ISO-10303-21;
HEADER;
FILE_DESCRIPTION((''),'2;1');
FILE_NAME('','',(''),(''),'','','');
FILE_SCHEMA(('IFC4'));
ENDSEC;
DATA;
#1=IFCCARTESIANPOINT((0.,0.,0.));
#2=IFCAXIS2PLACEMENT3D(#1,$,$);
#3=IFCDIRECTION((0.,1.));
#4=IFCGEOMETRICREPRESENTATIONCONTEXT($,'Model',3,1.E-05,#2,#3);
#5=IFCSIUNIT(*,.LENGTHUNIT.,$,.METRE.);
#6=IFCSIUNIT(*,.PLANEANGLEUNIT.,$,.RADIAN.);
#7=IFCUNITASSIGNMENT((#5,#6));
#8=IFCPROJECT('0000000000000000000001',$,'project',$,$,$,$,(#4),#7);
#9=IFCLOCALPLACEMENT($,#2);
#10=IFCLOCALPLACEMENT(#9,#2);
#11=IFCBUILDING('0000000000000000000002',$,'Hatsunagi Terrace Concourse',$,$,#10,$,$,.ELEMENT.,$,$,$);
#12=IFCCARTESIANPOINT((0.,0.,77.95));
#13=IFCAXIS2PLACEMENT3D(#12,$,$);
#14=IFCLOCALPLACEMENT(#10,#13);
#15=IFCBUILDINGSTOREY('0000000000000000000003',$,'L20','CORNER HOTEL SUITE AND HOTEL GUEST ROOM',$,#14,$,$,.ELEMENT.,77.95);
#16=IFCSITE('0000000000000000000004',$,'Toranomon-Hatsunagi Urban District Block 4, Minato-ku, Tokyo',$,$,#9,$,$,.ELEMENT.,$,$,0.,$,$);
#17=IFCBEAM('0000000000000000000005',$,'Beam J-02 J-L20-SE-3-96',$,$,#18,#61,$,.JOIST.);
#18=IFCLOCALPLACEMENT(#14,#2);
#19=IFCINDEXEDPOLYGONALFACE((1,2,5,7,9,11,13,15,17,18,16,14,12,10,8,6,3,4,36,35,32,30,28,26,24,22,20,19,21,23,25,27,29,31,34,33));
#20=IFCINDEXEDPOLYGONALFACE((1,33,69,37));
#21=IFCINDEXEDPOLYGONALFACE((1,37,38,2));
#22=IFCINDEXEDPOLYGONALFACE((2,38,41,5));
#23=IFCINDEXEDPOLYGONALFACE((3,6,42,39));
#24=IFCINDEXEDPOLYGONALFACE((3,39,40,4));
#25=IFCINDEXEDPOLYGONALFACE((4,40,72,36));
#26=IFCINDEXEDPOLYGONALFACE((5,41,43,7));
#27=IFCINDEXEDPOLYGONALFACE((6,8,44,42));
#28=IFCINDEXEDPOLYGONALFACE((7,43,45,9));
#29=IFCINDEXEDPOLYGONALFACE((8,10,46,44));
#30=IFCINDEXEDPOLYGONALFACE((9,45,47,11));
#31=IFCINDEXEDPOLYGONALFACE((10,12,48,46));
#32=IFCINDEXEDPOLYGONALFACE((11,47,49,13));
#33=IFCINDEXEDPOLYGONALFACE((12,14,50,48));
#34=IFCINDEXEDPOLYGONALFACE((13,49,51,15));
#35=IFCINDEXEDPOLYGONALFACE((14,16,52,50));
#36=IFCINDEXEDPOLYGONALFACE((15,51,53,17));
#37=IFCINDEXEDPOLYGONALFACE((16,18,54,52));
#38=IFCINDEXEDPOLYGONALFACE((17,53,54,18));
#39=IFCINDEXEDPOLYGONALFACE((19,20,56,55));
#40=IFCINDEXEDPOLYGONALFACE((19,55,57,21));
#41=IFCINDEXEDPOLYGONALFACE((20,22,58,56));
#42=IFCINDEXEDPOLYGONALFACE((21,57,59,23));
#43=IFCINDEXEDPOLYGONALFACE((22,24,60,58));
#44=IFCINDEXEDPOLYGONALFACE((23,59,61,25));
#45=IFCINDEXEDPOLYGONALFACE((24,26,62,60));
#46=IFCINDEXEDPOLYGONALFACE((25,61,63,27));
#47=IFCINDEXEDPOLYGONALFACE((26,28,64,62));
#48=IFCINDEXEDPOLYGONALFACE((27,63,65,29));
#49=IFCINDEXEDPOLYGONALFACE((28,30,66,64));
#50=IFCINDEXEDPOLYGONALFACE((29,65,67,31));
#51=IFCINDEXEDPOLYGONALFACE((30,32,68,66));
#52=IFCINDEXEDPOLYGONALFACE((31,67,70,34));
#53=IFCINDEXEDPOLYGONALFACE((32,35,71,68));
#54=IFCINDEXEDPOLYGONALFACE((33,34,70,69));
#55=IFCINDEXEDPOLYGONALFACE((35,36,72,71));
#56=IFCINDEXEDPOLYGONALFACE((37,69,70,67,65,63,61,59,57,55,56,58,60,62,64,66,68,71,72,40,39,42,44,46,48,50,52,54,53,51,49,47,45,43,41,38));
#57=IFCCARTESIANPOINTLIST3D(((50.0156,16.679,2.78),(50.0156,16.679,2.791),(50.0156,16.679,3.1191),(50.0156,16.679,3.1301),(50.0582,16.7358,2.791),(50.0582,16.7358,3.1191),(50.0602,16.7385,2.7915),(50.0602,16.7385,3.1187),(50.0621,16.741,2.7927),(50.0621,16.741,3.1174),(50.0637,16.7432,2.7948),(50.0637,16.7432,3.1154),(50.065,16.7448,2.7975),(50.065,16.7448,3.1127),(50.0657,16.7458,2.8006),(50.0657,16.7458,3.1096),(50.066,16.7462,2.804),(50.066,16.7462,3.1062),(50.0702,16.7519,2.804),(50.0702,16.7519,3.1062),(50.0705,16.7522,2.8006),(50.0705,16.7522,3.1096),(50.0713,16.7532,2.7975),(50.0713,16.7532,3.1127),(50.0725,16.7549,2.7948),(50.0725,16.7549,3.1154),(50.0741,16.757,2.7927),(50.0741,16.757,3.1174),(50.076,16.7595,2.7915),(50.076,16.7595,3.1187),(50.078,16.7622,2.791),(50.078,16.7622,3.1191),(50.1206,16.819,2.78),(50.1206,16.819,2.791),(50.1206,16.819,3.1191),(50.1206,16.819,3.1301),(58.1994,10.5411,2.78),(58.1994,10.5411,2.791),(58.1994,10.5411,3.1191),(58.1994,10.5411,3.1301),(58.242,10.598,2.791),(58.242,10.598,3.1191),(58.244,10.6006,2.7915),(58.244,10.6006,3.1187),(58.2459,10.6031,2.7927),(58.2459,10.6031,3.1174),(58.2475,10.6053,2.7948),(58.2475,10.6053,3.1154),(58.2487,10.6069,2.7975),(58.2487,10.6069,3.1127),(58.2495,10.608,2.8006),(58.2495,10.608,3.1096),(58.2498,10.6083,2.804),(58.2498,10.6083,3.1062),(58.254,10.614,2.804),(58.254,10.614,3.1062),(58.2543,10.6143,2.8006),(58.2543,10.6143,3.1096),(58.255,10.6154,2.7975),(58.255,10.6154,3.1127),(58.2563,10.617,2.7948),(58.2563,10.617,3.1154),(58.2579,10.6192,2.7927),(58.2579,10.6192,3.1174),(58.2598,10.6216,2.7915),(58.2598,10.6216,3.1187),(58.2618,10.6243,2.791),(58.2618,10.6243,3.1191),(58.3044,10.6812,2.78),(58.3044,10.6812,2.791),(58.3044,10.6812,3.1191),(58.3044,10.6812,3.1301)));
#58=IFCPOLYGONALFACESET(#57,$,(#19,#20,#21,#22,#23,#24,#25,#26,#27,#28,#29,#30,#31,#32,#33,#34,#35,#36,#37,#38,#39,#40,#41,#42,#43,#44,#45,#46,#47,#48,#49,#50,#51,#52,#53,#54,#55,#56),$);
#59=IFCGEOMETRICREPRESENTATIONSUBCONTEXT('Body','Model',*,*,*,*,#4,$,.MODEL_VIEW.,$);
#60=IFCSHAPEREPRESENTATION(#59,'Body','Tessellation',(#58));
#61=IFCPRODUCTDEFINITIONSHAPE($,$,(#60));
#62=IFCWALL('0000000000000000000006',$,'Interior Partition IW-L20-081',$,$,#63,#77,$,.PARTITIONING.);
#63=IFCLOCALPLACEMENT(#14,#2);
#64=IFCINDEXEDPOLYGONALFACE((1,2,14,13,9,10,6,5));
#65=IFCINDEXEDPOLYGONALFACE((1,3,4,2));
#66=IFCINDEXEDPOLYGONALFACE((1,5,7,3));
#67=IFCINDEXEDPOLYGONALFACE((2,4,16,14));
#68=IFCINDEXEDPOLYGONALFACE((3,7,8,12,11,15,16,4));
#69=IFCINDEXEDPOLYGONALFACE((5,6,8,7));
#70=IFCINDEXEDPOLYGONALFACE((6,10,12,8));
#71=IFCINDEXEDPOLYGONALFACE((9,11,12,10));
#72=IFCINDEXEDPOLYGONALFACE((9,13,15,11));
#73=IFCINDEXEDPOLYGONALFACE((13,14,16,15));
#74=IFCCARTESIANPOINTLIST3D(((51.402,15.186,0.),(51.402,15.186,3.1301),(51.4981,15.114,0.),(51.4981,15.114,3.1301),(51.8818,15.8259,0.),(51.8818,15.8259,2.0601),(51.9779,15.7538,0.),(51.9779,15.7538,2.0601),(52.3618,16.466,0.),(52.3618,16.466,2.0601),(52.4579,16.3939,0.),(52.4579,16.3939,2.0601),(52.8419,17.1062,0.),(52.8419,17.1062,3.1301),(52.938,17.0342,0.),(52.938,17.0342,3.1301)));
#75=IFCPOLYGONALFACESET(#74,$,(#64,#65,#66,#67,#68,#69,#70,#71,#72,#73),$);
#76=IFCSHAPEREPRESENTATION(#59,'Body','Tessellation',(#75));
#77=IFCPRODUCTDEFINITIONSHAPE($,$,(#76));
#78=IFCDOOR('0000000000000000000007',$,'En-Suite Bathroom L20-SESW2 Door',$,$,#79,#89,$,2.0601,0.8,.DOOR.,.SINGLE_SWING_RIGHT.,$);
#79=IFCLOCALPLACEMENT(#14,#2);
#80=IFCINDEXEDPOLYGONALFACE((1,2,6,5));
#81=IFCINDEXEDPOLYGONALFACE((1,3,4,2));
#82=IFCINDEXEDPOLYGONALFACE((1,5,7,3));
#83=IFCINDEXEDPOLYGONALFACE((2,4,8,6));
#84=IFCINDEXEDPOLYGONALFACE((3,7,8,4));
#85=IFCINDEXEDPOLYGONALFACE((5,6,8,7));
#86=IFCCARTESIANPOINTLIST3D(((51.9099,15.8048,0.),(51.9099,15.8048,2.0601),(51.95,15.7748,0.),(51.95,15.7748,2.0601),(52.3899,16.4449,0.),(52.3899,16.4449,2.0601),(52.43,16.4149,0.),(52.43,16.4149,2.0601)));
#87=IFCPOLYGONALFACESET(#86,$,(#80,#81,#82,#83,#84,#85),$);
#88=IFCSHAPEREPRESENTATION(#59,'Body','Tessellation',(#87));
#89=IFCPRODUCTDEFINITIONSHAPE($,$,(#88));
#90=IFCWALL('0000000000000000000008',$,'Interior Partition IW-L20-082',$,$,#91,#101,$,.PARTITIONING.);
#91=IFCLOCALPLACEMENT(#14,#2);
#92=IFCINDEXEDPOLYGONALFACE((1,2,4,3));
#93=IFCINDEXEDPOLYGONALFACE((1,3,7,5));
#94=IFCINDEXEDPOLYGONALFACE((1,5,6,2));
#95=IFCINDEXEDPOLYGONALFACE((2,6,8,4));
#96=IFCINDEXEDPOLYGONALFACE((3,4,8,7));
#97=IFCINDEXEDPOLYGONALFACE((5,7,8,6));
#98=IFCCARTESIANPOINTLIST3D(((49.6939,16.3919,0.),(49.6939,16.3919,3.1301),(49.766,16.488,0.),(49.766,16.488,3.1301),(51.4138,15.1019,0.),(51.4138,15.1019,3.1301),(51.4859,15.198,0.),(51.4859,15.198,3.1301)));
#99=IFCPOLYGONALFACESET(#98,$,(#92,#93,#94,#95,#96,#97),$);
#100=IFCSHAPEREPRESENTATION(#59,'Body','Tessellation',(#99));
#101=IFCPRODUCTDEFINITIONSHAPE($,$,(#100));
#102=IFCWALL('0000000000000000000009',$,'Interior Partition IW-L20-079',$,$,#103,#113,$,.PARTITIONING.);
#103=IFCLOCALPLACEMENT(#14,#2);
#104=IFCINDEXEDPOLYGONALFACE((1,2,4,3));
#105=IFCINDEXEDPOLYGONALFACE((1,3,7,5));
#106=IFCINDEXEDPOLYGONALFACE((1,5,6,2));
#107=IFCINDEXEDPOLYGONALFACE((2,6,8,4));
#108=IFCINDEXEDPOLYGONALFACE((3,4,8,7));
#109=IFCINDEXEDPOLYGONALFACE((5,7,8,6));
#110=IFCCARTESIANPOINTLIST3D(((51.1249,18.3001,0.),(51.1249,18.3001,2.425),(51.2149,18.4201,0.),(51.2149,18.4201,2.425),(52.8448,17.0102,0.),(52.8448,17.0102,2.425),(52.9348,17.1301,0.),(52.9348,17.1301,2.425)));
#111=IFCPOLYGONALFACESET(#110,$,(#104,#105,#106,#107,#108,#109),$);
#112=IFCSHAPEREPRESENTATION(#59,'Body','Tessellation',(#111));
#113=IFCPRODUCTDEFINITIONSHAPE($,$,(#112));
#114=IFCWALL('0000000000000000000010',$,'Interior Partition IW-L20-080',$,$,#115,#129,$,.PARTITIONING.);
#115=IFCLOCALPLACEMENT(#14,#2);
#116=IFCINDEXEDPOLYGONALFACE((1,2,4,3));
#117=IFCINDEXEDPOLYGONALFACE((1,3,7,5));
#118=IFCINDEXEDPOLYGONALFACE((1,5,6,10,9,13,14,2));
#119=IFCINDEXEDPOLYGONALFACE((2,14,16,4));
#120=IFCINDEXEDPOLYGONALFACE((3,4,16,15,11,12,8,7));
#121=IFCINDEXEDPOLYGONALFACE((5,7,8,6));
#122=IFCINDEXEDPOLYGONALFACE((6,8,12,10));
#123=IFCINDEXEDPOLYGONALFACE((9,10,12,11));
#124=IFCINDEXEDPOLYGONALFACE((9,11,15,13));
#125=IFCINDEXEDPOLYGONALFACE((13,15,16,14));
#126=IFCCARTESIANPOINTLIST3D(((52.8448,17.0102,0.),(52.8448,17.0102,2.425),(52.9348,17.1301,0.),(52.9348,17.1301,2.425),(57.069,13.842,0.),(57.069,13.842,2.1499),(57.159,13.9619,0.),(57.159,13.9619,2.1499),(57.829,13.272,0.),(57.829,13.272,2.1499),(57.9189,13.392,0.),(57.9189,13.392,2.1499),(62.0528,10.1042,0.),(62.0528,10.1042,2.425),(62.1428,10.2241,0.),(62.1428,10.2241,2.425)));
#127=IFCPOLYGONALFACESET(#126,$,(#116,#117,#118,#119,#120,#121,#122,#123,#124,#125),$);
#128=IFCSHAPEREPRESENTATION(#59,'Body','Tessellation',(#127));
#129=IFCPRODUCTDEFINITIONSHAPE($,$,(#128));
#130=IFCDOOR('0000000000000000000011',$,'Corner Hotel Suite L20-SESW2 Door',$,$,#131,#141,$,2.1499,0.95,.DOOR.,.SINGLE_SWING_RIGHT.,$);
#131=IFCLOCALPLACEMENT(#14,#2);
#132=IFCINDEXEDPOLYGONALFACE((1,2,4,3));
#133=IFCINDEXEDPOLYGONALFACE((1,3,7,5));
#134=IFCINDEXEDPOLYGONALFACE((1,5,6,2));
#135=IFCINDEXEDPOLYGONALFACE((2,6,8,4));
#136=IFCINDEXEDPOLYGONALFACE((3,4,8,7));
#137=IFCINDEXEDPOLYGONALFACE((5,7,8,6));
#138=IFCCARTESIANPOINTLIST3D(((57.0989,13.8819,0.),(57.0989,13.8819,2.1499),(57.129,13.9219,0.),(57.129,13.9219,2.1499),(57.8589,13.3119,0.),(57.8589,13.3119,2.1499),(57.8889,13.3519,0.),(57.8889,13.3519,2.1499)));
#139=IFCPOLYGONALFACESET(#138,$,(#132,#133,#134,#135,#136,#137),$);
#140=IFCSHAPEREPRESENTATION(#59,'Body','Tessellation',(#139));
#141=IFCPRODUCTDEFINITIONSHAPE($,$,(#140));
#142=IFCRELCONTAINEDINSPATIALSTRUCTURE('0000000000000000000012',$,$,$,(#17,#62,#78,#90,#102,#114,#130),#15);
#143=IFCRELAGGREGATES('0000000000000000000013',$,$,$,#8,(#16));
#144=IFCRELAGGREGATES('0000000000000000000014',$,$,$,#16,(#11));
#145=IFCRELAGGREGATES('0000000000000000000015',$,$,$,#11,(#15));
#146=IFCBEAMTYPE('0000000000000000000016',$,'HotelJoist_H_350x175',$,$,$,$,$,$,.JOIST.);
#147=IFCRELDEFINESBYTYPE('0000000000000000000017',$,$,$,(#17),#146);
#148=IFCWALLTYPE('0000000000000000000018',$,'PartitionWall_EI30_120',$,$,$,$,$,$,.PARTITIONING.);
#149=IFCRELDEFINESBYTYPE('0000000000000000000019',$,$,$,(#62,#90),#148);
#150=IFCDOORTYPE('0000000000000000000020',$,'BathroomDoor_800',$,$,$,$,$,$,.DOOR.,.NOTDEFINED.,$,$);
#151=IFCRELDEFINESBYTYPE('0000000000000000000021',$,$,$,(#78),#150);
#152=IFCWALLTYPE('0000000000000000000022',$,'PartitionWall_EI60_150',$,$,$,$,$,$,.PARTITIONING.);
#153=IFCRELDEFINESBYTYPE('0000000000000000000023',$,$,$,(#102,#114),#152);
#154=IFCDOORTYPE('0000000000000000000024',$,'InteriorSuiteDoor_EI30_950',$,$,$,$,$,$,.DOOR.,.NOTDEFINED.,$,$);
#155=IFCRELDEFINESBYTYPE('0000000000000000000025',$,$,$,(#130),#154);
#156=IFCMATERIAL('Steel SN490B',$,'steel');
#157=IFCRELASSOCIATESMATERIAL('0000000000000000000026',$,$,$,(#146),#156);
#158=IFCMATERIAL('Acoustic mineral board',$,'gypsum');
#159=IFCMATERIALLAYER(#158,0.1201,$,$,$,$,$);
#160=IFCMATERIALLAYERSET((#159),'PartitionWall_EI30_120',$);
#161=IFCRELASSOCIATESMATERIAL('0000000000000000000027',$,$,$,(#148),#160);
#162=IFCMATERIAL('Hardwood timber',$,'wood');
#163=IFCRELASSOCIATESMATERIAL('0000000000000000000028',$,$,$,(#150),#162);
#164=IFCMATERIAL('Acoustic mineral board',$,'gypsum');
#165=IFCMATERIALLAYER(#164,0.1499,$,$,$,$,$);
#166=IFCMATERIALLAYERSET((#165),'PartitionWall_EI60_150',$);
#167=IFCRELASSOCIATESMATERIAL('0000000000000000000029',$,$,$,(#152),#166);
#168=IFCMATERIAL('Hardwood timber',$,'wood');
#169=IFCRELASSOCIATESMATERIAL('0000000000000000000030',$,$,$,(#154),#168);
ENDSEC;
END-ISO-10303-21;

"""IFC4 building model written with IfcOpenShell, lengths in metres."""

from ifc_helpers import new_model, si_unit, direction, frame, frame_2d, origin, origin_2d, place, context, subcontext, project, spatial, rectangle, i_section, extrude, material, layer, layer_set, material_profile, profile_set, type_object, element, fill, save


model = new_model("IFC4")

# Units and contexts
model_context = context("Model", 3, precision=1e-05, world=origin(), true_north=direction((0.0, 1.0)))
body_context = subcontext(model_context, "Body", "Model", "MODEL_VIEW")
ifc_project = project(units=[si_unit("LENGTHUNIT", "METRE"), si_unit("PLANEANGLEUNIT", "RADIAN")], contexts=[model_context])

# Site, building, storey
site_placement = place(None, origin())
site = spatial("IfcSite", under=ifc_project, at=site_placement, Name="Toranomon-Hatsunagi Urban District Block 4, Minato-ku, Tokyo", CompositionType="ELEMENT", RefElevation=0.0)
building_placement = place(site_placement, origin())
building = spatial("IfcBuilding", under=site, at=building_placement, Name="Hatsunagi Terrace Concourse", CompositionType="ELEMENT")
storey_placement = place(building_placement, frame((0.0, 0.0, 77.95)))
storey = spatial("IfcBuildingStorey", under=building, at=storey_placement, Name="L20", Description="CORNER HOTEL SUITE AND HOTEL GUEST ROOM", CompositionType="ELEMENT", Elevation=77.95)

# Beam
ifc_material_1 = material(Name="Steel SN490B", Category="steel")
ifc_material_profile_1 = material_profile(ifc_material_1, i_section(OverallWidth=0.175, OverallDepth=0.3501, WebThickness=0.0071, FlangeThickness=0.011, FilletRadius=0.0129, at=origin_2d()), Name="H-350x175x7x11")
ifc_profile_set_1 = profile_set([ifc_material_profile_1], Name="Steel SN490B")
beam_type_1 = type_object("IfcBeamType", Name="HotelJoist_H_350x175", PredefinedType="JOIST", material=ifc_profile_set_1)
beam_1_placement = place(storey_placement, frame((50.0681, 16.749, 2.9551), z_axis=(0.799997, -0.600004, 0.0), x_axis=(0.600004, 0.799997, 0.0)))
element("IfcBeam", 1, at=beam_1_placement, inside=storey, type_object=beam_type_1, Name="Beam J-02 J-L20-SE-3-96", PredefinedType="JOIST", context=body_context, shape_type="SweptSolid", body=[
    extrude(i_section(OverallWidth=0.175, OverallDepth=0.3501, WebThickness=0.0071, FlangeThickness=0.011, FilletRadius=0.0129, at=origin_2d()), origin(), (0.0, 0.0, 1.0), 10.2297),
])

# Wall, opening, door
ifc_material_2 = material(Name="Acoustic mineral board", Category="gypsum")
ifc_layer_1 = layer(ifc_material_2, 0.1201)
ifc_layer_set_1 = layer_set([ifc_layer_1], Name="PartitionWall_EI30_120")
wall_type_1 = type_object("IfcWallType", Name="PartitionWall_EI30_120", PredefinedType="PARTITIONING", material=ifc_layer_set_1)
wall_1_placement = place(storey_placement, frame((51.45, 15.1499, 0.0), z_axis=(0.0, 0.0, 1.0), x_axis=(0.599951, 0.800037, 0.0)))
wall_1 = element("IfcWall", 2, at=wall_1_placement, inside=storey, type_object=wall_type_1, Name="Interior Partition IW-L20-081", PredefinedType="PARTITIONING", context=body_context, shape_type="SweptSolid", body=[
    extrude(rectangle(XDim=2.4001, YDim=0.1201, at=frame_2d((1.2002, 0.0))), origin(), (0.0, 0.0, 1.0), 3.1301),
])
opening_1_placement = place(wall_1_placement, frame((0.8, 0.0, 0.0)))
opening_1 = element("IfcOpeningElement", 3, at=opening_1_placement, cuts=wall_1, PredefinedType="OPENING", context=body_context, shape_type="SweptSolid", body=[
    extrude(rectangle(XDim=0.8, YDim=2.0601, at=frame_2d((0.3999, 1.03))), frame((0.0, 0.0701, 0.0), z_axis=(0.0, -1.0, 0.0), x_axis=(1.0, 0.0, 0.0)), (0.0, 0.0, 1.0), 0.1401),
])
ifc_material_3 = material(Name="Hardwood timber", Category="wood")
door_type_1 = type_object("IfcDoorType", Name="BathroomDoor_800", OperationType="NOTDEFINED", PredefinedType="DOOR", material=ifc_material_3)
door_1_placement = place(opening_1_placement, origin())
door_1 = element("IfcDoor", 4, at=door_1_placement, inside=storey, type_object=door_type_1, Name="En-Suite Bathroom L20-SESW2 Door", OperationType="SINGLE_SWING_RIGHT", OverallHeight=2.0601, OverallWidth=0.8, PredefinedType="DOOR", context=body_context, shape_type="SweptSolid", body=[
    extrude(rectangle(XDim=0.8, YDim=2.0601, at=frame_2d((0.3999, 1.03))), frame((0.0, 0.0249, 0.0), z_axis=(0.0, -1.0, 0.0), x_axis=(1.0, 0.0, 0.0)), (0.0, 0.0, 1.0), 0.05),
])
fill(opening_1, door_1)

# Walls
wall_2_placement = place(storey_placement, frame((49.73, 16.4399, 0.0), z_axis=(0.0, 0.0, 1.0), x_axis=(0.799986, -0.600018, 0.0)))
element("IfcWall", 5, at=wall_2_placement, inside=storey, type_object=wall_type_1, Name="Interior Partition IW-L20-082", PredefinedType="PARTITIONING", context=body_context, shape_type="SweptSolid", body=[
    extrude(rectangle(XDim=2.1499, YDim=0.1201, at=frame_2d((1.075, 0.0))), origin(), (0.0, 0.0, 1.0), 3.1301),
])
ifc_material_4 = material(Name="Acoustic mineral board", Category="gypsum")
ifc_layer_2 = layer(ifc_material_4, 0.1499)
ifc_layer_set_2 = layer_set([ifc_layer_2], Name="PartitionWall_EI60_150")
wall_type_2 = type_object("IfcWallType", Name="PartitionWall_EI60_150", PredefinedType="PARTITIONING", material=ifc_layer_set_2)
wall_3_placement = place(storey_placement, frame((51.1699, 18.3601, 0.0), z_axis=(0.0, 0.0, 1.0), x_axis=(0.799986, -0.600018, 0.0)))
element("IfcWall", 6, at=wall_3_placement, inside=storey, type_object=wall_type_2, Name="Interior Partition IW-L20-079", PredefinedType="PARTITIONING", context=body_context, shape_type="SweptSolid", body=[
    extrude(rectangle(XDim=2.1499, YDim=0.1499, at=frame_2d((1.075, 0.0))), origin(), (0.0, 0.0, 1.0), 2.425),
])

# Wall, opening, door
wall_4_placement = place(storey_placement, frame((52.8899, 17.0701, 0.0), z_axis=(0.0, 0.0, 1.0), x_axis=(0.8, -0.6, 0.0)))
wall_4 = element("IfcWall", 7, at=wall_4_placement, inside=storey, type_object=wall_type_2, Name="Interior Partition IW-L20-080", PredefinedType="PARTITIONING", context=body_context, shape_type="SweptSolid", body=[
    extrude(rectangle(XDim=11.51, YDim=0.1499, at=frame_2d((5.7549, 0.0))), origin(), (0.0, 0.0, 1.0), 2.425),
])
opening_2_placement = place(wall_4_placement, frame((5.28, 0.0, 0.0)))
opening_2 = element("IfcOpeningElement", 8, at=opening_2_placement, cuts=wall_4, PredefinedType="OPENING", context=body_context, shape_type="SweptSolid", body=[
    extrude(rectangle(XDim=0.95, YDim=2.1499, at=frame_2d((0.4751, 1.075))), frame((0.0, 0.085, 0.0), z_axis=(0.0, -1.0, 0.0), x_axis=(1.0, 0.0, 0.0)), (0.0, 0.0, 1.0), 0.1699),
])
ifc_material_5 = material(Name="Hardwood timber", Category="wood")
door_type_2 = type_object("IfcDoorType", Name="InteriorSuiteDoor_EI30_950", OperationType="NOTDEFINED", PredefinedType="DOOR", material=ifc_material_5)
door_2_placement = place(opening_2_placement, origin())
door_2 = element("IfcDoor", 9, at=door_2_placement, inside=storey, type_object=door_type_2, Name="Corner Hotel Suite L20-SESW2 Door", OperationType="SINGLE_SWING_RIGHT", OverallHeight=2.1499, OverallWidth=0.95, PredefinedType="DOOR", context=body_context, shape_type="SweptSolid", body=[
    extrude(rectangle(XDim=0.95, YDim=2.1499, at=frame_2d((0.4751, 1.075))), frame((0.0, 0.0249, 0.0), z_axis=(0.0, -1.0, 0.0), x_axis=(1.0, 0.0, 0.0)), (0.0, 0.0, 1.0), 0.05),
])
fill(opening_2, door_2)

save(model, "model.ifc")
